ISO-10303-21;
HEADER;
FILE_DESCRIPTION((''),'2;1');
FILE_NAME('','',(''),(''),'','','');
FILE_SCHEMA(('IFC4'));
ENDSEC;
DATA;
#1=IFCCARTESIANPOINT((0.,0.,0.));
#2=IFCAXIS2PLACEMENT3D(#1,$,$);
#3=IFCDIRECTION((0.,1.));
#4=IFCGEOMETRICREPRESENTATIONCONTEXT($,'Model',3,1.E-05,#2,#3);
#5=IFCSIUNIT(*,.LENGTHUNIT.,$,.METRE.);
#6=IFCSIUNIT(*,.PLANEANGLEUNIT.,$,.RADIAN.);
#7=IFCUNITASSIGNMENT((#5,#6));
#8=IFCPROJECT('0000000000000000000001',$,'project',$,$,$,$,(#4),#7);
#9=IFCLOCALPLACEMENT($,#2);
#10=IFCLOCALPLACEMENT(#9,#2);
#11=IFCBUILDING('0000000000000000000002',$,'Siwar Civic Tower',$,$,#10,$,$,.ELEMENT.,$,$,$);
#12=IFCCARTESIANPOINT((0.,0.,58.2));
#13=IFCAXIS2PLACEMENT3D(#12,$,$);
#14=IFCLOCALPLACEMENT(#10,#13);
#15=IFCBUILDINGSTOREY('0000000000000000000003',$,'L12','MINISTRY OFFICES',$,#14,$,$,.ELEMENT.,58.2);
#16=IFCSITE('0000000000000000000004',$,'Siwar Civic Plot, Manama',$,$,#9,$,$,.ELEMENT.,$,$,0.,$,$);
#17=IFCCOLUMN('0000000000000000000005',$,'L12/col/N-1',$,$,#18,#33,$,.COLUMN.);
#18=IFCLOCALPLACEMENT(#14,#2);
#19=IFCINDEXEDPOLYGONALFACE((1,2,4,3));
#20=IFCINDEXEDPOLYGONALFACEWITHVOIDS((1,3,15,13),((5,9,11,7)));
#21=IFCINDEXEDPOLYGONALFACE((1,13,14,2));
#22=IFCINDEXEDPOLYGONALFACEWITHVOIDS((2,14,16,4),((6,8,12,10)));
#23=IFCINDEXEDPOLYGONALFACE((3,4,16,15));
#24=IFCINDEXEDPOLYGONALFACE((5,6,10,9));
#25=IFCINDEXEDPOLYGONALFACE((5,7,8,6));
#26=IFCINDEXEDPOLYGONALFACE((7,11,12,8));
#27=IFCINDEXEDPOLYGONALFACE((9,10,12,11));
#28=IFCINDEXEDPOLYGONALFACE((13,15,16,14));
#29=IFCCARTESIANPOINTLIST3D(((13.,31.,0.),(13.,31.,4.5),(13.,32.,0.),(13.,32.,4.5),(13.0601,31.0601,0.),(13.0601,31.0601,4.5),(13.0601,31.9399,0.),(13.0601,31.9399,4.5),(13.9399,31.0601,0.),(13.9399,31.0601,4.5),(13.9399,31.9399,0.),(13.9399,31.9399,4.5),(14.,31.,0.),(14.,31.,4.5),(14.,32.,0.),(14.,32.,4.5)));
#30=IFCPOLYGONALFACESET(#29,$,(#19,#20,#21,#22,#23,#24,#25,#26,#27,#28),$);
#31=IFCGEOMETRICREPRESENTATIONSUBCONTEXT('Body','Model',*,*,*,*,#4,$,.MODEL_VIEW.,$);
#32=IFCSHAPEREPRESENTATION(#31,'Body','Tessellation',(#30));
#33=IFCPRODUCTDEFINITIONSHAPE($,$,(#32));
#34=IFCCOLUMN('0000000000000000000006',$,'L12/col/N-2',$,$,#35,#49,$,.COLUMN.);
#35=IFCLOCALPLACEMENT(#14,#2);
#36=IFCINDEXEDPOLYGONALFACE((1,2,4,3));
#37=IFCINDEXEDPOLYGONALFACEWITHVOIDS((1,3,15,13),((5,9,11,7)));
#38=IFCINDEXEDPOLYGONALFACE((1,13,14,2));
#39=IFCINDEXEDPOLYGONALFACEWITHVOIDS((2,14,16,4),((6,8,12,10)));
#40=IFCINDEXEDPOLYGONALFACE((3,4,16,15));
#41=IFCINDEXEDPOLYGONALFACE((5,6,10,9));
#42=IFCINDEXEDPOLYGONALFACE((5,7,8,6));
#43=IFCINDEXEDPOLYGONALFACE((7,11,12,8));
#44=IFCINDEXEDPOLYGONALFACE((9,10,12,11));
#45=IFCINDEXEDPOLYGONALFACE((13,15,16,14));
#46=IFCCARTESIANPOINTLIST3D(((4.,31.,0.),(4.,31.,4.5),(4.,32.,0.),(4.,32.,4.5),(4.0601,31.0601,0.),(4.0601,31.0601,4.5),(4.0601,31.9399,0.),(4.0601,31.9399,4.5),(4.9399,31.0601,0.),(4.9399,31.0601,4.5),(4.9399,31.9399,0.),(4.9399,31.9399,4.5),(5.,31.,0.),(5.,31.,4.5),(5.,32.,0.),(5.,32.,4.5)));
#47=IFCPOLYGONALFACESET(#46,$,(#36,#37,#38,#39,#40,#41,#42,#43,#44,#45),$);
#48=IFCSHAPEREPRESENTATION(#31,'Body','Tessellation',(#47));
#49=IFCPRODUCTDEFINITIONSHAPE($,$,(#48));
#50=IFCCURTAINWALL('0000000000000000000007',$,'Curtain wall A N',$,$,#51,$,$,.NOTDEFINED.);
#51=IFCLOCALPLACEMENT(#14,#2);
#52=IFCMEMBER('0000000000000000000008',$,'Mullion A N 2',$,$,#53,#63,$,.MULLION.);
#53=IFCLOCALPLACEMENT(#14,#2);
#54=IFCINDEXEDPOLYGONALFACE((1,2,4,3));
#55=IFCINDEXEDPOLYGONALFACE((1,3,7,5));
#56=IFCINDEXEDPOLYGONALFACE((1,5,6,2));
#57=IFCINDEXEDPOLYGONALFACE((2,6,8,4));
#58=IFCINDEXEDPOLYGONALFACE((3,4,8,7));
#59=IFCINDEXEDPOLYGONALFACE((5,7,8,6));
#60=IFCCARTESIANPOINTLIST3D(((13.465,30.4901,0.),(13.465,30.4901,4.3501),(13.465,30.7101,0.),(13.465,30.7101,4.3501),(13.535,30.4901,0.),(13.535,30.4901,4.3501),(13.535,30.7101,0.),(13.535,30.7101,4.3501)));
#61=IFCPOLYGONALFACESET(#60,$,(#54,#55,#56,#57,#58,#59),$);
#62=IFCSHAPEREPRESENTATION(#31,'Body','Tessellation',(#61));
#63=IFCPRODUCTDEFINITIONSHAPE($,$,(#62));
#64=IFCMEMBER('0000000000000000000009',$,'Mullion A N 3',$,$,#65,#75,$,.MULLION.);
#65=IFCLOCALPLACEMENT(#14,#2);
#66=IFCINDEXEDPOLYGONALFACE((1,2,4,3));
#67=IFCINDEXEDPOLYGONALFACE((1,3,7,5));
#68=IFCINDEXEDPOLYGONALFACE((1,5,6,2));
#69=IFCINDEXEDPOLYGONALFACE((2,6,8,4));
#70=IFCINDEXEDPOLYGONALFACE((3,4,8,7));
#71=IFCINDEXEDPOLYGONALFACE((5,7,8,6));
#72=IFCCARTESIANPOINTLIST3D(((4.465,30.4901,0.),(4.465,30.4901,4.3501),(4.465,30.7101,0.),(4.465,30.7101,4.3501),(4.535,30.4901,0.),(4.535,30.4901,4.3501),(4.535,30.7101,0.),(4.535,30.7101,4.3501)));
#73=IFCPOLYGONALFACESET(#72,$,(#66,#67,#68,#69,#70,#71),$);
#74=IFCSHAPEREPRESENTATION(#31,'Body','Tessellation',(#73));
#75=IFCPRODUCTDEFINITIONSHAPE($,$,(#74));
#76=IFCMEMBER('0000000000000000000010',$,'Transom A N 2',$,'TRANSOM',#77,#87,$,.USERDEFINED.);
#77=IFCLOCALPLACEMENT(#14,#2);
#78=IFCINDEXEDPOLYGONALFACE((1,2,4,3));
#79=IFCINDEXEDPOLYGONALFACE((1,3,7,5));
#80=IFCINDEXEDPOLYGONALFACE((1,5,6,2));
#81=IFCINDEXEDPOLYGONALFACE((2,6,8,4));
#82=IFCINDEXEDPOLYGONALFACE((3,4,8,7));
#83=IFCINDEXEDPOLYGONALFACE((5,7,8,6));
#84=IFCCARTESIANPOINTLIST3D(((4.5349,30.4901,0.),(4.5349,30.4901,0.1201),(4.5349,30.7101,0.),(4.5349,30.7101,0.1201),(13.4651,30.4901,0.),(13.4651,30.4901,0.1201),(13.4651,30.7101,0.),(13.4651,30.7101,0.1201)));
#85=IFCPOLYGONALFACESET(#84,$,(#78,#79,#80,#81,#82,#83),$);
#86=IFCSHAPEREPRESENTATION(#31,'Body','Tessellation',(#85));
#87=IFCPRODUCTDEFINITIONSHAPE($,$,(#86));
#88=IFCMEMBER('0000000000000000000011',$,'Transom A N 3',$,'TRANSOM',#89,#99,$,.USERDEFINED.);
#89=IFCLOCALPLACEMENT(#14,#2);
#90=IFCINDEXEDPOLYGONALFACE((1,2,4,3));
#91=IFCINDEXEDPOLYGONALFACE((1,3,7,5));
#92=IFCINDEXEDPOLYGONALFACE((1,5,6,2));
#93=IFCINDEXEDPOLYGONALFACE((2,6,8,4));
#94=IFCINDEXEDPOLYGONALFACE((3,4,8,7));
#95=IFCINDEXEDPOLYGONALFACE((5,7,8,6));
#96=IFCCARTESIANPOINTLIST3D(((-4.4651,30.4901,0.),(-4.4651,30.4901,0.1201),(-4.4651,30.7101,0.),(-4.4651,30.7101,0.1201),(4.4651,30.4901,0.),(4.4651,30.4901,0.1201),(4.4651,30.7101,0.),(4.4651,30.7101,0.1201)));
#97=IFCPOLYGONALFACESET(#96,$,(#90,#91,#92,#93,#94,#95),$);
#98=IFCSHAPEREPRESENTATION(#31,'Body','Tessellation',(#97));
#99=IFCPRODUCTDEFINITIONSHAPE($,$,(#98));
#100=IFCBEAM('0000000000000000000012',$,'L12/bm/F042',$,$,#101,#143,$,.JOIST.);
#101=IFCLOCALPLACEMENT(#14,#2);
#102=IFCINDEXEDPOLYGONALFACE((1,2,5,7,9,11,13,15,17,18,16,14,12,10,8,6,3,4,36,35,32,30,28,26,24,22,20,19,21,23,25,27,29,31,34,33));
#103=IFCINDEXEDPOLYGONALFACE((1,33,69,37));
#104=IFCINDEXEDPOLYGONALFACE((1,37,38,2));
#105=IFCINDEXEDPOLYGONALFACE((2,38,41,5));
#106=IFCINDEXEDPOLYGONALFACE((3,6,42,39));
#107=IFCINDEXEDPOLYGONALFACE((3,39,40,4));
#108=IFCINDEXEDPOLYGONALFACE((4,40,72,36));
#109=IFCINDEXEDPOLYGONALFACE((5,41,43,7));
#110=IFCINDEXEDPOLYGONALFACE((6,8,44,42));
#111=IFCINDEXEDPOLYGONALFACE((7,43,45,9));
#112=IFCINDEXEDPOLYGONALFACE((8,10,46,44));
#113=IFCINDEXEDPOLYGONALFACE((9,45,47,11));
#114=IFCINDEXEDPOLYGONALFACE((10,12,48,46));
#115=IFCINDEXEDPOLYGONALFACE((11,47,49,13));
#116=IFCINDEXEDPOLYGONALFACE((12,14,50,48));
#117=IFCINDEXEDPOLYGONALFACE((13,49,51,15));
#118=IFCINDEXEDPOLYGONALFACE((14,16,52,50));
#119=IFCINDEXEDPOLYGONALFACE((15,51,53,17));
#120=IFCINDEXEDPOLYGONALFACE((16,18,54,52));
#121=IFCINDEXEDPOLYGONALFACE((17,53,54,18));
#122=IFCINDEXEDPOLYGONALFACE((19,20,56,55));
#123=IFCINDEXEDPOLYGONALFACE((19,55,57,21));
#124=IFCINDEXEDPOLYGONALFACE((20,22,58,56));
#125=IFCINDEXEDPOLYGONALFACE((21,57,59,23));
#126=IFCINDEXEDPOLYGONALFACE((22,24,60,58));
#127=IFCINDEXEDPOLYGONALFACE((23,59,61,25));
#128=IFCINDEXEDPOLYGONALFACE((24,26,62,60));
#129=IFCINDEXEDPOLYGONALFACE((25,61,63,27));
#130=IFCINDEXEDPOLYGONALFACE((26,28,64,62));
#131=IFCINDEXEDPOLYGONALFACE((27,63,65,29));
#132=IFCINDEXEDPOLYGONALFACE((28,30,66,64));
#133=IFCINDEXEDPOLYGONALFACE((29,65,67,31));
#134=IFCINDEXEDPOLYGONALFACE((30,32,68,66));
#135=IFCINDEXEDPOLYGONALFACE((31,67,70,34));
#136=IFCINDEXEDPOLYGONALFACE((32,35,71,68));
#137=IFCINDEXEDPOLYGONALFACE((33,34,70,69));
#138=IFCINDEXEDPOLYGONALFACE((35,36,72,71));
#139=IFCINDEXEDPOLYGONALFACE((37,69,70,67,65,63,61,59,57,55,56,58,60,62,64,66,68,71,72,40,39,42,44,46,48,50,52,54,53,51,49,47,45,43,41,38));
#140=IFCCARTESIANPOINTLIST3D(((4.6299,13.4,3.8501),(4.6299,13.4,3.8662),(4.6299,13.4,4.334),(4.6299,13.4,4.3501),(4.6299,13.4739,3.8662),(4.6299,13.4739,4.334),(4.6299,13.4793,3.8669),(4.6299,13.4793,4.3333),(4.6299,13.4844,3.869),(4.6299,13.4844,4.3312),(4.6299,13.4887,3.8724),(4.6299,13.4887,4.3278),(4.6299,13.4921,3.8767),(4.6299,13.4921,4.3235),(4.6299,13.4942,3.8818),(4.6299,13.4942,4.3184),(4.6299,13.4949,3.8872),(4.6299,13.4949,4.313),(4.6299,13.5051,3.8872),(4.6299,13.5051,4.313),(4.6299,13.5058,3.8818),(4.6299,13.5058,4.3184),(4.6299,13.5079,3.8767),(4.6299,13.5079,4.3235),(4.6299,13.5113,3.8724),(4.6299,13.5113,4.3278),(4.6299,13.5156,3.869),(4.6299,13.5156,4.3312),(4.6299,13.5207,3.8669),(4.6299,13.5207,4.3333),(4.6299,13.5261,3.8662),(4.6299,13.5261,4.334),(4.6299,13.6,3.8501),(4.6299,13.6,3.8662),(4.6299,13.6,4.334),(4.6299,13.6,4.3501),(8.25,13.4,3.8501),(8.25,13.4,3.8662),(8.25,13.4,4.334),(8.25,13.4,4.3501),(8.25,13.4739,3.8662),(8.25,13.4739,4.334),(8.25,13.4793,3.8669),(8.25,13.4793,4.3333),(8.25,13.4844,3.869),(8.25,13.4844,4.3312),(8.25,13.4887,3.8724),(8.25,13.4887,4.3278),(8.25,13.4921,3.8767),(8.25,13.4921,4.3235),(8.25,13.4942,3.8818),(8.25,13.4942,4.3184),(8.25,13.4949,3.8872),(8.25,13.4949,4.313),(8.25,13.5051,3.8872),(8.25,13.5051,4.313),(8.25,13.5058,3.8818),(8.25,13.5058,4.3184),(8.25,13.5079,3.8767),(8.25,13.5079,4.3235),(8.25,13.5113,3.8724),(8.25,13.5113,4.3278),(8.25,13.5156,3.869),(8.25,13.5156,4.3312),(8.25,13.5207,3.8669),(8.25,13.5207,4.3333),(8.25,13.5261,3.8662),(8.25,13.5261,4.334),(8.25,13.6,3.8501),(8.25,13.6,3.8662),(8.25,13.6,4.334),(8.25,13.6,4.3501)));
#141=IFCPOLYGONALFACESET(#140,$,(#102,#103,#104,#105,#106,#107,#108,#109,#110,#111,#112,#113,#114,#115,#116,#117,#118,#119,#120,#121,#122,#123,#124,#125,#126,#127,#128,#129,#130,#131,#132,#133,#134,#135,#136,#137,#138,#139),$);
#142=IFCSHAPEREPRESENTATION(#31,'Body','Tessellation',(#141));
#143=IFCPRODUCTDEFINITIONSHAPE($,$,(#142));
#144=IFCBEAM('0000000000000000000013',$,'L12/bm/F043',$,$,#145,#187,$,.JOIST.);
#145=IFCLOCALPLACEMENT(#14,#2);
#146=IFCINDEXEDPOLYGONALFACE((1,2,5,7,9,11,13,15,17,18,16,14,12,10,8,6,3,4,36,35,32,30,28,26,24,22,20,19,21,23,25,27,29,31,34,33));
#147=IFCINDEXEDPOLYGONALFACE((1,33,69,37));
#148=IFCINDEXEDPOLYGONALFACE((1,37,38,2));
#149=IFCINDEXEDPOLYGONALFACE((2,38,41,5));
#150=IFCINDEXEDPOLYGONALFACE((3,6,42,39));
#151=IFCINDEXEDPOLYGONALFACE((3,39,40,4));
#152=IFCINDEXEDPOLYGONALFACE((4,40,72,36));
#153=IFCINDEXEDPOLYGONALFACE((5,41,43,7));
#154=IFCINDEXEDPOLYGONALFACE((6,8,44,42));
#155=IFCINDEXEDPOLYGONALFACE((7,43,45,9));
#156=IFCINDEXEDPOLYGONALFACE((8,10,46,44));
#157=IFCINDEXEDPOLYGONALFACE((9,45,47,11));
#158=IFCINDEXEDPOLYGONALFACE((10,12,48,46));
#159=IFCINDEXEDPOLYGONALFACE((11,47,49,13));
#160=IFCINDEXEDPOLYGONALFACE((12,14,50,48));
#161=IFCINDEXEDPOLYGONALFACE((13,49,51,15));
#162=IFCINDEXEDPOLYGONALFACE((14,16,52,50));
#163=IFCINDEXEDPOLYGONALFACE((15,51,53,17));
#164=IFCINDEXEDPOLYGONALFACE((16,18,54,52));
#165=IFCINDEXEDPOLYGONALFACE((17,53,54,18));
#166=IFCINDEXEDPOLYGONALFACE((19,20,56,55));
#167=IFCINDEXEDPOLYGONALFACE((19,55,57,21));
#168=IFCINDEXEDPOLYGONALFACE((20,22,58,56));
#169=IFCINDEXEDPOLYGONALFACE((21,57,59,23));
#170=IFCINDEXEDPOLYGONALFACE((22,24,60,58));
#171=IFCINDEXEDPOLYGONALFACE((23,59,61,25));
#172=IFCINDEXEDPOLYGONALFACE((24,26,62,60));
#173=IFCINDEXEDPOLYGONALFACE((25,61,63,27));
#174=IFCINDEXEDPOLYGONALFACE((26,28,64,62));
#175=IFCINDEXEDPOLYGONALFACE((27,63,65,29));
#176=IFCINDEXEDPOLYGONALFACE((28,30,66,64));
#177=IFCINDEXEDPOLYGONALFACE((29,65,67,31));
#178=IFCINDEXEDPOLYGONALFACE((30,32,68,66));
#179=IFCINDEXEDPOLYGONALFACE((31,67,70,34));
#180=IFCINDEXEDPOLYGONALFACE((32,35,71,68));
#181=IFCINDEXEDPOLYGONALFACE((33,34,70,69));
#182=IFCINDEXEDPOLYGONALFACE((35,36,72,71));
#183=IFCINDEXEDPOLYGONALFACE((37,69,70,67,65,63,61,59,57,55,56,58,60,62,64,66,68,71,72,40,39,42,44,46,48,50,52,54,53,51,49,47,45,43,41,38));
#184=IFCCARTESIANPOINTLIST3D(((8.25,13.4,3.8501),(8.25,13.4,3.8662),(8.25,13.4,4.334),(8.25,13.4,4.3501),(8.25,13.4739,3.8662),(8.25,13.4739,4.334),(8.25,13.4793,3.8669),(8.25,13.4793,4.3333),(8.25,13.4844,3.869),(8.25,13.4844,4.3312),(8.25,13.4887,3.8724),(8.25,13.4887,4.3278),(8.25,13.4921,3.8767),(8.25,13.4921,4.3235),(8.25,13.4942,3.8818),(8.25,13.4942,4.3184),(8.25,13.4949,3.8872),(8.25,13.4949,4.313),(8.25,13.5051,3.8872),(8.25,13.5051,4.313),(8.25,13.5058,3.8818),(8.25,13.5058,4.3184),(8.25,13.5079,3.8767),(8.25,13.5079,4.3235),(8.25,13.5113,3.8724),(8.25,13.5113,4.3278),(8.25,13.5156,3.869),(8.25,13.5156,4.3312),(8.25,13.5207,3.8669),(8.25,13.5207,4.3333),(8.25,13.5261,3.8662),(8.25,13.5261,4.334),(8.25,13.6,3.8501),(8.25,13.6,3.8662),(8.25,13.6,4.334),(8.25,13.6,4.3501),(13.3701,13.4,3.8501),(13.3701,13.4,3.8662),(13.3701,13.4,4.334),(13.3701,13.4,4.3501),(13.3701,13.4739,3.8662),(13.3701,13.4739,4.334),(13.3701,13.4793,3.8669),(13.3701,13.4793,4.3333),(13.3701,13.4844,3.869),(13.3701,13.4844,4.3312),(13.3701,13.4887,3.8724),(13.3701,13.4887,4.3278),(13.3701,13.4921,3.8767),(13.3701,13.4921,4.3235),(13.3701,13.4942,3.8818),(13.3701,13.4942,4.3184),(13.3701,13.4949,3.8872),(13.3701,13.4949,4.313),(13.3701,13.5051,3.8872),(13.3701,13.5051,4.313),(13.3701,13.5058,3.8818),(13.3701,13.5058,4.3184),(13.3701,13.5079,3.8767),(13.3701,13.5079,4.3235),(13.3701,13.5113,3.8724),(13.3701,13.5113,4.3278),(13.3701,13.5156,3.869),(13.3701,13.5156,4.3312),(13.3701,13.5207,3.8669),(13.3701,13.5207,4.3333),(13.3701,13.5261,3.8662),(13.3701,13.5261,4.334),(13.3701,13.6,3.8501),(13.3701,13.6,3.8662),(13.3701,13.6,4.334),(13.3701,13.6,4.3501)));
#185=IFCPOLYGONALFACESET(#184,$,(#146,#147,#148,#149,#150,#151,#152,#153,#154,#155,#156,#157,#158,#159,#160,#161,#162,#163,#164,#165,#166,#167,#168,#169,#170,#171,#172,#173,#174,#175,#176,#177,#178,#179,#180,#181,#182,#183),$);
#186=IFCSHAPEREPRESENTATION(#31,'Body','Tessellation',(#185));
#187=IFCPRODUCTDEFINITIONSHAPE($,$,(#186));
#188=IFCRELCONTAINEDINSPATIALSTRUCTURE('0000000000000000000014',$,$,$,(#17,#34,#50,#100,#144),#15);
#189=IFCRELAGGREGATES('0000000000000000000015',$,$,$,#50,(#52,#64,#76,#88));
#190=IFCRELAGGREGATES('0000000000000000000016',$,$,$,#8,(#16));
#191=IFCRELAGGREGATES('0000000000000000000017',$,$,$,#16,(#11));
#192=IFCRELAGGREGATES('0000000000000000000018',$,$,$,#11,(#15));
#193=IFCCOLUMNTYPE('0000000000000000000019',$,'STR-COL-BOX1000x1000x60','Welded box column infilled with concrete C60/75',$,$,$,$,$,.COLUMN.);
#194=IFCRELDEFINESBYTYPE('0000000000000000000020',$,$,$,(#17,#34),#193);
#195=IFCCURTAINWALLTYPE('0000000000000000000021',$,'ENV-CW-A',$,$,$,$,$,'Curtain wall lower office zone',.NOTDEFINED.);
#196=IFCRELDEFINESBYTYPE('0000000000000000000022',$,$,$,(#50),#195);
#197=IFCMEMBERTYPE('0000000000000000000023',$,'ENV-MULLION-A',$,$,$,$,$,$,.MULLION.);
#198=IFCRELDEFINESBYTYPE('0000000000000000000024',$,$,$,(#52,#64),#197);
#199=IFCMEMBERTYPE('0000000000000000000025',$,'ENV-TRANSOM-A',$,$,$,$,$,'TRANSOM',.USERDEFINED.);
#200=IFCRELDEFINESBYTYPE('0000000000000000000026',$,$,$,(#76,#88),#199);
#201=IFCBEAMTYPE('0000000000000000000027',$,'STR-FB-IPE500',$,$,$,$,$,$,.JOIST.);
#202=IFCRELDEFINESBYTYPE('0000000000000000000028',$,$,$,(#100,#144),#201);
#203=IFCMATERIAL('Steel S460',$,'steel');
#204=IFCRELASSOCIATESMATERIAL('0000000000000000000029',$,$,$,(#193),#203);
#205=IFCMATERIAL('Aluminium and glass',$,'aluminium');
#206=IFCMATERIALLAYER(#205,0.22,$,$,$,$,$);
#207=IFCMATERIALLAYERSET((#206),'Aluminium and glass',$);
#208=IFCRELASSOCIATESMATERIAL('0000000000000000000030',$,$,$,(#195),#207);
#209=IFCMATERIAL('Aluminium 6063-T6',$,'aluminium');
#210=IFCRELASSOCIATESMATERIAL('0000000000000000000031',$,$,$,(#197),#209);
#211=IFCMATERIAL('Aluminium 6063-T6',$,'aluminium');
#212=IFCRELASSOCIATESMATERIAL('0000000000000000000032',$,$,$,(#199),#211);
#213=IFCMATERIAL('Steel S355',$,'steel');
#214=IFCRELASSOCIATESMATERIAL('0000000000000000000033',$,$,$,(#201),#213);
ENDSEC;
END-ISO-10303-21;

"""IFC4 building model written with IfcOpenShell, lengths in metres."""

from ifc_helpers import new_model, si_unit, direction, frame, origin, origin_2d, place, context, subcontext, project, spatial, rectangle, hollow_rectangle, i_section, extrude, material, layer, layer_set, material_profile, profile_set, type_object, element, aggregate, save


model = new_model("IFC4")

# Units and contexts
model_context = context("Model", 3, precision=1e-05, world=origin(), true_north=direction((0.0, 1.0)))
body_context = subcontext(model_context, "Body", "Model", "MODEL_VIEW")
ifc_project = project(units=[si_unit("LENGTHUNIT", "METRE"), si_unit("PLANEANGLEUNIT", "RADIAN")], contexts=[model_context])

# Site, building, storey
site_placement = place(None, origin())
site = spatial("IfcSite", under=ifc_project, at=site_placement, Name="Siwar Civic Plot, Manama", CompositionType="ELEMENT", RefElevation=0.0)
building_placement = place(site_placement, origin())
building = spatial("IfcBuilding", under=site, at=building_placement, Name="Siwar Civic Tower", CompositionType="ELEMENT")
storey_placement = place(building_placement, frame((0.0, 0.0, 58.2)))
storey = spatial("IfcBuildingStorey", under=building, at=storey_placement, Name="L12", Description="MINISTRY OFFICES", CompositionType="ELEMENT", Elevation=58.2)

# Columns
ifc_material_1 = material(Name="Steel S460", Category="steel")
ifc_material_profile_1 = material_profile(ifc_material_1, hollow_rectangle(XDim=1.0, YDim=1.0, WallThickness=0.0601, at=origin_2d()), Name="BOX1000x1000x60")
ifc_profile_set_1 = profile_set([ifc_material_profile_1], Name="Steel S460")
column_type = type_object("IfcColumnType", Name="STR-COL-BOX1000x1000x60", Description="Welded box column infilled with concrete C60/75", PredefinedType="COLUMN", material=ifc_profile_set_1)
for number, where, z_axis, x_axis, name in (
    (1, (13.5, 31.5, 0.0), (0.0, 0.0, 1.0), (1.0, 0.0, 0.0), "L12/col/N-1"),
    (2, (4.5, 31.5, 0.0), (0.0, 0.0, 1.0), (1.0, 0.0, 0.0), "L12/col/N-2"),
):
    element("IfcColumn", number, at=place(storey_placement, frame(where, z_axis=z_axis, x_axis=x_axis)), inside=storey, type_object=column_type, Name=name, PredefinedType="COLUMN", context=body_context, shape_type="SweptSolid", body=[
        extrude(hollow_rectangle(XDim=1.0, YDim=1.0, WallThickness=0.0601, at=origin_2d()), origin(), (0.0, 0.0, 1.0), 4.5),
    ])

# Curtain wall, members
ifc_material_2 = material(Name="Aluminium and glass", Category="aluminium")
ifc_layer_1 = layer(ifc_material_2, 0.22)
ifc_layer_set_1 = layer_set([ifc_layer_1], Name="Aluminium and glass")
curtain_wall_type = type_object("IfcCurtainWallType", Name="ENV-CW-A", ElementType="Curtain wall lower office zone", PredefinedType="NOTDEFINED", material=ifc_layer_set_1)
curtain_wall_placement = place(storey_placement, origin())
curtain_wall = element("IfcCurtainWall", 3, at=curtain_wall_placement, inside=storey, type_object=curtain_wall_type, Name="Curtain wall A N", PredefinedType="NOTDEFINED")
ifc_material_3 = material(Name="Aluminium 6063-T6", Category="aluminium")
ifc_material_profile_2 = material_profile(ifc_material_3, rectangle(XDim=0.22, YDim=0.0701, at=origin_2d()), Name="AL 220x70")
ifc_profile_set_2 = profile_set([ifc_material_profile_2], Name="Aluminium 6063-T6")
member_type_1 = type_object("IfcMemberType", Name="ENV-MULLION-A", PredefinedType="MULLION", material=ifc_profile_set_2)
member_1_placement = place(storey_placement, frame((13.5, 30.6001, 0.0), z_axis=(0.0, 0.0, 1.0), x_axis=(0.0, -1.0, 0.0)))
member_1 = element("IfcMember", 4, at=member_1_placement, type_object=member_type_1, Name="Mullion A N 2", PredefinedType="MULLION", context=body_context, shape_type="SweptSolid", body=[
    extrude(rectangle(XDim=0.22, YDim=0.0701, at=origin_2d()), origin(), (0.0, 0.0, 1.0), 4.3501),
])
member_2_placement = place(storey_placement, frame((4.5, 30.6001, 0.0), z_axis=(0.0, 0.0, 1.0), x_axis=(0.0, -1.0, 0.0)))
member_2 = element("IfcMember", 5, at=member_2_placement, type_object=member_type_1, Name="Mullion A N 3", PredefinedType="MULLION", context=body_context, shape_type="SweptSolid", body=[
    extrude(rectangle(XDim=0.22, YDim=0.0701, at=origin_2d()), origin(), (0.0, 0.0, 1.0), 4.3501),
])
ifc_material_4 = material(Name="Aluminium 6063-T6", Category="aluminium")
ifc_material_profile_3 = material_profile(ifc_material_4, rectangle(XDim=0.22, YDim=0.1201, at=origin_2d()), Name="AL 220x120")
ifc_profile_set_3 = profile_set([ifc_material_profile_3], Name="Aluminium 6063-T6")
member_type_2 = type_object("IfcMemberType", Name="ENV-TRANSOM-A", ElementType="TRANSOM", PredefinedType="USERDEFINED", material=ifc_profile_set_3)
member_3_placement = place(storey_placement, frame((13.4651, 30.6001, 0.0601), z_axis=(-1.0, 0.0, 0.0), x_axis=(0.0, -1.0, 0.0)))
member_3 = element("IfcMember", 6, at=member_3_placement, type_object=member_type_2, Name="Transom A N 2", ObjectType="TRANSOM", PredefinedType="USERDEFINED", context=body_context, shape_type="SweptSolid", body=[
    extrude(rectangle(XDim=0.22, YDim=0.1201, at=origin_2d()), origin(), (0.0, 0.0, 1.0), 8.9302),
])
member_4_placement = place(storey_placement, frame((4.4651, 30.6001, 0.0601), z_axis=(-1.0, 0.0, 0.0), x_axis=(0.0, -1.0, 0.0)))
member_4 = element("IfcMember", 7, at=member_4_placement, type_object=member_type_2, Name="Transom A N 3", ObjectType="TRANSOM", PredefinedType="USERDEFINED", context=body_context, shape_type="SweptSolid", body=[
    extrude(rectangle(XDim=0.22, YDim=0.1201, at=origin_2d()), origin(), (0.0, 0.0, 1.0), 8.9302),
])

# Beams
ifc_material_5 = material(Name="Steel S355", Category="steel")
ifc_material_profile_4 = material_profile(ifc_material_5, i_section(OverallWidth=0.2, OverallDepth=0.5, WebThickness=0.0103, FlangeThickness=0.0161, FilletRadius=0.021, at=origin_2d()), Name="IPE500")
ifc_profile_set_4 = profile_set([ifc_material_profile_4], Name="Steel S355")
beam_type_1 = type_object("IfcBeamType", Name="STR-FB-IPE500", PredefinedType="JOIST", material=ifc_profile_set_4)
beam_1_placement = place(storey_placement, frame((4.6299, 13.5, 4.1001), z_axis=(1.0, 0.0, 0.0), x_axis=(0.0, 1.0, 0.0)))
element("IfcBeam", 8, at=beam_1_placement, inside=storey, type_object=beam_type_1, Name="L12/bm/F042", PredefinedType="JOIST", context=body_context, shape_type="SweptSolid", body=[
    extrude(i_section(OverallWidth=0.2, OverallDepth=0.5, WebThickness=0.0103, FlangeThickness=0.0161, FilletRadius=0.021, at=origin_2d()), origin(), (0.0, 0.0, 1.0), 3.6201),
])
beam_2_placement = place(storey_placement, frame((8.25, 13.5, 4.1001), z_axis=(1.0, 0.0, 0.0), x_axis=(0.0, 1.0, 0.0)))
element("IfcBeam", 9, at=beam_2_placement, inside=storey, type_object=beam_type_1, Name="L12/bm/F043", PredefinedType="JOIST", context=body_context, shape_type="SweptSolid", body=[
    extrude(i_section(OverallWidth=0.2, OverallDepth=0.5, WebThickness=0.0103, FlangeThickness=0.0161, FilletRadius=0.021, at=origin_2d()), origin(), (0.0, 0.0, 1.0), 5.1201),
])

aggregate(curtain_wall, [member_1, member_2, member_3, member_4])

save(model, "model.ifc")
